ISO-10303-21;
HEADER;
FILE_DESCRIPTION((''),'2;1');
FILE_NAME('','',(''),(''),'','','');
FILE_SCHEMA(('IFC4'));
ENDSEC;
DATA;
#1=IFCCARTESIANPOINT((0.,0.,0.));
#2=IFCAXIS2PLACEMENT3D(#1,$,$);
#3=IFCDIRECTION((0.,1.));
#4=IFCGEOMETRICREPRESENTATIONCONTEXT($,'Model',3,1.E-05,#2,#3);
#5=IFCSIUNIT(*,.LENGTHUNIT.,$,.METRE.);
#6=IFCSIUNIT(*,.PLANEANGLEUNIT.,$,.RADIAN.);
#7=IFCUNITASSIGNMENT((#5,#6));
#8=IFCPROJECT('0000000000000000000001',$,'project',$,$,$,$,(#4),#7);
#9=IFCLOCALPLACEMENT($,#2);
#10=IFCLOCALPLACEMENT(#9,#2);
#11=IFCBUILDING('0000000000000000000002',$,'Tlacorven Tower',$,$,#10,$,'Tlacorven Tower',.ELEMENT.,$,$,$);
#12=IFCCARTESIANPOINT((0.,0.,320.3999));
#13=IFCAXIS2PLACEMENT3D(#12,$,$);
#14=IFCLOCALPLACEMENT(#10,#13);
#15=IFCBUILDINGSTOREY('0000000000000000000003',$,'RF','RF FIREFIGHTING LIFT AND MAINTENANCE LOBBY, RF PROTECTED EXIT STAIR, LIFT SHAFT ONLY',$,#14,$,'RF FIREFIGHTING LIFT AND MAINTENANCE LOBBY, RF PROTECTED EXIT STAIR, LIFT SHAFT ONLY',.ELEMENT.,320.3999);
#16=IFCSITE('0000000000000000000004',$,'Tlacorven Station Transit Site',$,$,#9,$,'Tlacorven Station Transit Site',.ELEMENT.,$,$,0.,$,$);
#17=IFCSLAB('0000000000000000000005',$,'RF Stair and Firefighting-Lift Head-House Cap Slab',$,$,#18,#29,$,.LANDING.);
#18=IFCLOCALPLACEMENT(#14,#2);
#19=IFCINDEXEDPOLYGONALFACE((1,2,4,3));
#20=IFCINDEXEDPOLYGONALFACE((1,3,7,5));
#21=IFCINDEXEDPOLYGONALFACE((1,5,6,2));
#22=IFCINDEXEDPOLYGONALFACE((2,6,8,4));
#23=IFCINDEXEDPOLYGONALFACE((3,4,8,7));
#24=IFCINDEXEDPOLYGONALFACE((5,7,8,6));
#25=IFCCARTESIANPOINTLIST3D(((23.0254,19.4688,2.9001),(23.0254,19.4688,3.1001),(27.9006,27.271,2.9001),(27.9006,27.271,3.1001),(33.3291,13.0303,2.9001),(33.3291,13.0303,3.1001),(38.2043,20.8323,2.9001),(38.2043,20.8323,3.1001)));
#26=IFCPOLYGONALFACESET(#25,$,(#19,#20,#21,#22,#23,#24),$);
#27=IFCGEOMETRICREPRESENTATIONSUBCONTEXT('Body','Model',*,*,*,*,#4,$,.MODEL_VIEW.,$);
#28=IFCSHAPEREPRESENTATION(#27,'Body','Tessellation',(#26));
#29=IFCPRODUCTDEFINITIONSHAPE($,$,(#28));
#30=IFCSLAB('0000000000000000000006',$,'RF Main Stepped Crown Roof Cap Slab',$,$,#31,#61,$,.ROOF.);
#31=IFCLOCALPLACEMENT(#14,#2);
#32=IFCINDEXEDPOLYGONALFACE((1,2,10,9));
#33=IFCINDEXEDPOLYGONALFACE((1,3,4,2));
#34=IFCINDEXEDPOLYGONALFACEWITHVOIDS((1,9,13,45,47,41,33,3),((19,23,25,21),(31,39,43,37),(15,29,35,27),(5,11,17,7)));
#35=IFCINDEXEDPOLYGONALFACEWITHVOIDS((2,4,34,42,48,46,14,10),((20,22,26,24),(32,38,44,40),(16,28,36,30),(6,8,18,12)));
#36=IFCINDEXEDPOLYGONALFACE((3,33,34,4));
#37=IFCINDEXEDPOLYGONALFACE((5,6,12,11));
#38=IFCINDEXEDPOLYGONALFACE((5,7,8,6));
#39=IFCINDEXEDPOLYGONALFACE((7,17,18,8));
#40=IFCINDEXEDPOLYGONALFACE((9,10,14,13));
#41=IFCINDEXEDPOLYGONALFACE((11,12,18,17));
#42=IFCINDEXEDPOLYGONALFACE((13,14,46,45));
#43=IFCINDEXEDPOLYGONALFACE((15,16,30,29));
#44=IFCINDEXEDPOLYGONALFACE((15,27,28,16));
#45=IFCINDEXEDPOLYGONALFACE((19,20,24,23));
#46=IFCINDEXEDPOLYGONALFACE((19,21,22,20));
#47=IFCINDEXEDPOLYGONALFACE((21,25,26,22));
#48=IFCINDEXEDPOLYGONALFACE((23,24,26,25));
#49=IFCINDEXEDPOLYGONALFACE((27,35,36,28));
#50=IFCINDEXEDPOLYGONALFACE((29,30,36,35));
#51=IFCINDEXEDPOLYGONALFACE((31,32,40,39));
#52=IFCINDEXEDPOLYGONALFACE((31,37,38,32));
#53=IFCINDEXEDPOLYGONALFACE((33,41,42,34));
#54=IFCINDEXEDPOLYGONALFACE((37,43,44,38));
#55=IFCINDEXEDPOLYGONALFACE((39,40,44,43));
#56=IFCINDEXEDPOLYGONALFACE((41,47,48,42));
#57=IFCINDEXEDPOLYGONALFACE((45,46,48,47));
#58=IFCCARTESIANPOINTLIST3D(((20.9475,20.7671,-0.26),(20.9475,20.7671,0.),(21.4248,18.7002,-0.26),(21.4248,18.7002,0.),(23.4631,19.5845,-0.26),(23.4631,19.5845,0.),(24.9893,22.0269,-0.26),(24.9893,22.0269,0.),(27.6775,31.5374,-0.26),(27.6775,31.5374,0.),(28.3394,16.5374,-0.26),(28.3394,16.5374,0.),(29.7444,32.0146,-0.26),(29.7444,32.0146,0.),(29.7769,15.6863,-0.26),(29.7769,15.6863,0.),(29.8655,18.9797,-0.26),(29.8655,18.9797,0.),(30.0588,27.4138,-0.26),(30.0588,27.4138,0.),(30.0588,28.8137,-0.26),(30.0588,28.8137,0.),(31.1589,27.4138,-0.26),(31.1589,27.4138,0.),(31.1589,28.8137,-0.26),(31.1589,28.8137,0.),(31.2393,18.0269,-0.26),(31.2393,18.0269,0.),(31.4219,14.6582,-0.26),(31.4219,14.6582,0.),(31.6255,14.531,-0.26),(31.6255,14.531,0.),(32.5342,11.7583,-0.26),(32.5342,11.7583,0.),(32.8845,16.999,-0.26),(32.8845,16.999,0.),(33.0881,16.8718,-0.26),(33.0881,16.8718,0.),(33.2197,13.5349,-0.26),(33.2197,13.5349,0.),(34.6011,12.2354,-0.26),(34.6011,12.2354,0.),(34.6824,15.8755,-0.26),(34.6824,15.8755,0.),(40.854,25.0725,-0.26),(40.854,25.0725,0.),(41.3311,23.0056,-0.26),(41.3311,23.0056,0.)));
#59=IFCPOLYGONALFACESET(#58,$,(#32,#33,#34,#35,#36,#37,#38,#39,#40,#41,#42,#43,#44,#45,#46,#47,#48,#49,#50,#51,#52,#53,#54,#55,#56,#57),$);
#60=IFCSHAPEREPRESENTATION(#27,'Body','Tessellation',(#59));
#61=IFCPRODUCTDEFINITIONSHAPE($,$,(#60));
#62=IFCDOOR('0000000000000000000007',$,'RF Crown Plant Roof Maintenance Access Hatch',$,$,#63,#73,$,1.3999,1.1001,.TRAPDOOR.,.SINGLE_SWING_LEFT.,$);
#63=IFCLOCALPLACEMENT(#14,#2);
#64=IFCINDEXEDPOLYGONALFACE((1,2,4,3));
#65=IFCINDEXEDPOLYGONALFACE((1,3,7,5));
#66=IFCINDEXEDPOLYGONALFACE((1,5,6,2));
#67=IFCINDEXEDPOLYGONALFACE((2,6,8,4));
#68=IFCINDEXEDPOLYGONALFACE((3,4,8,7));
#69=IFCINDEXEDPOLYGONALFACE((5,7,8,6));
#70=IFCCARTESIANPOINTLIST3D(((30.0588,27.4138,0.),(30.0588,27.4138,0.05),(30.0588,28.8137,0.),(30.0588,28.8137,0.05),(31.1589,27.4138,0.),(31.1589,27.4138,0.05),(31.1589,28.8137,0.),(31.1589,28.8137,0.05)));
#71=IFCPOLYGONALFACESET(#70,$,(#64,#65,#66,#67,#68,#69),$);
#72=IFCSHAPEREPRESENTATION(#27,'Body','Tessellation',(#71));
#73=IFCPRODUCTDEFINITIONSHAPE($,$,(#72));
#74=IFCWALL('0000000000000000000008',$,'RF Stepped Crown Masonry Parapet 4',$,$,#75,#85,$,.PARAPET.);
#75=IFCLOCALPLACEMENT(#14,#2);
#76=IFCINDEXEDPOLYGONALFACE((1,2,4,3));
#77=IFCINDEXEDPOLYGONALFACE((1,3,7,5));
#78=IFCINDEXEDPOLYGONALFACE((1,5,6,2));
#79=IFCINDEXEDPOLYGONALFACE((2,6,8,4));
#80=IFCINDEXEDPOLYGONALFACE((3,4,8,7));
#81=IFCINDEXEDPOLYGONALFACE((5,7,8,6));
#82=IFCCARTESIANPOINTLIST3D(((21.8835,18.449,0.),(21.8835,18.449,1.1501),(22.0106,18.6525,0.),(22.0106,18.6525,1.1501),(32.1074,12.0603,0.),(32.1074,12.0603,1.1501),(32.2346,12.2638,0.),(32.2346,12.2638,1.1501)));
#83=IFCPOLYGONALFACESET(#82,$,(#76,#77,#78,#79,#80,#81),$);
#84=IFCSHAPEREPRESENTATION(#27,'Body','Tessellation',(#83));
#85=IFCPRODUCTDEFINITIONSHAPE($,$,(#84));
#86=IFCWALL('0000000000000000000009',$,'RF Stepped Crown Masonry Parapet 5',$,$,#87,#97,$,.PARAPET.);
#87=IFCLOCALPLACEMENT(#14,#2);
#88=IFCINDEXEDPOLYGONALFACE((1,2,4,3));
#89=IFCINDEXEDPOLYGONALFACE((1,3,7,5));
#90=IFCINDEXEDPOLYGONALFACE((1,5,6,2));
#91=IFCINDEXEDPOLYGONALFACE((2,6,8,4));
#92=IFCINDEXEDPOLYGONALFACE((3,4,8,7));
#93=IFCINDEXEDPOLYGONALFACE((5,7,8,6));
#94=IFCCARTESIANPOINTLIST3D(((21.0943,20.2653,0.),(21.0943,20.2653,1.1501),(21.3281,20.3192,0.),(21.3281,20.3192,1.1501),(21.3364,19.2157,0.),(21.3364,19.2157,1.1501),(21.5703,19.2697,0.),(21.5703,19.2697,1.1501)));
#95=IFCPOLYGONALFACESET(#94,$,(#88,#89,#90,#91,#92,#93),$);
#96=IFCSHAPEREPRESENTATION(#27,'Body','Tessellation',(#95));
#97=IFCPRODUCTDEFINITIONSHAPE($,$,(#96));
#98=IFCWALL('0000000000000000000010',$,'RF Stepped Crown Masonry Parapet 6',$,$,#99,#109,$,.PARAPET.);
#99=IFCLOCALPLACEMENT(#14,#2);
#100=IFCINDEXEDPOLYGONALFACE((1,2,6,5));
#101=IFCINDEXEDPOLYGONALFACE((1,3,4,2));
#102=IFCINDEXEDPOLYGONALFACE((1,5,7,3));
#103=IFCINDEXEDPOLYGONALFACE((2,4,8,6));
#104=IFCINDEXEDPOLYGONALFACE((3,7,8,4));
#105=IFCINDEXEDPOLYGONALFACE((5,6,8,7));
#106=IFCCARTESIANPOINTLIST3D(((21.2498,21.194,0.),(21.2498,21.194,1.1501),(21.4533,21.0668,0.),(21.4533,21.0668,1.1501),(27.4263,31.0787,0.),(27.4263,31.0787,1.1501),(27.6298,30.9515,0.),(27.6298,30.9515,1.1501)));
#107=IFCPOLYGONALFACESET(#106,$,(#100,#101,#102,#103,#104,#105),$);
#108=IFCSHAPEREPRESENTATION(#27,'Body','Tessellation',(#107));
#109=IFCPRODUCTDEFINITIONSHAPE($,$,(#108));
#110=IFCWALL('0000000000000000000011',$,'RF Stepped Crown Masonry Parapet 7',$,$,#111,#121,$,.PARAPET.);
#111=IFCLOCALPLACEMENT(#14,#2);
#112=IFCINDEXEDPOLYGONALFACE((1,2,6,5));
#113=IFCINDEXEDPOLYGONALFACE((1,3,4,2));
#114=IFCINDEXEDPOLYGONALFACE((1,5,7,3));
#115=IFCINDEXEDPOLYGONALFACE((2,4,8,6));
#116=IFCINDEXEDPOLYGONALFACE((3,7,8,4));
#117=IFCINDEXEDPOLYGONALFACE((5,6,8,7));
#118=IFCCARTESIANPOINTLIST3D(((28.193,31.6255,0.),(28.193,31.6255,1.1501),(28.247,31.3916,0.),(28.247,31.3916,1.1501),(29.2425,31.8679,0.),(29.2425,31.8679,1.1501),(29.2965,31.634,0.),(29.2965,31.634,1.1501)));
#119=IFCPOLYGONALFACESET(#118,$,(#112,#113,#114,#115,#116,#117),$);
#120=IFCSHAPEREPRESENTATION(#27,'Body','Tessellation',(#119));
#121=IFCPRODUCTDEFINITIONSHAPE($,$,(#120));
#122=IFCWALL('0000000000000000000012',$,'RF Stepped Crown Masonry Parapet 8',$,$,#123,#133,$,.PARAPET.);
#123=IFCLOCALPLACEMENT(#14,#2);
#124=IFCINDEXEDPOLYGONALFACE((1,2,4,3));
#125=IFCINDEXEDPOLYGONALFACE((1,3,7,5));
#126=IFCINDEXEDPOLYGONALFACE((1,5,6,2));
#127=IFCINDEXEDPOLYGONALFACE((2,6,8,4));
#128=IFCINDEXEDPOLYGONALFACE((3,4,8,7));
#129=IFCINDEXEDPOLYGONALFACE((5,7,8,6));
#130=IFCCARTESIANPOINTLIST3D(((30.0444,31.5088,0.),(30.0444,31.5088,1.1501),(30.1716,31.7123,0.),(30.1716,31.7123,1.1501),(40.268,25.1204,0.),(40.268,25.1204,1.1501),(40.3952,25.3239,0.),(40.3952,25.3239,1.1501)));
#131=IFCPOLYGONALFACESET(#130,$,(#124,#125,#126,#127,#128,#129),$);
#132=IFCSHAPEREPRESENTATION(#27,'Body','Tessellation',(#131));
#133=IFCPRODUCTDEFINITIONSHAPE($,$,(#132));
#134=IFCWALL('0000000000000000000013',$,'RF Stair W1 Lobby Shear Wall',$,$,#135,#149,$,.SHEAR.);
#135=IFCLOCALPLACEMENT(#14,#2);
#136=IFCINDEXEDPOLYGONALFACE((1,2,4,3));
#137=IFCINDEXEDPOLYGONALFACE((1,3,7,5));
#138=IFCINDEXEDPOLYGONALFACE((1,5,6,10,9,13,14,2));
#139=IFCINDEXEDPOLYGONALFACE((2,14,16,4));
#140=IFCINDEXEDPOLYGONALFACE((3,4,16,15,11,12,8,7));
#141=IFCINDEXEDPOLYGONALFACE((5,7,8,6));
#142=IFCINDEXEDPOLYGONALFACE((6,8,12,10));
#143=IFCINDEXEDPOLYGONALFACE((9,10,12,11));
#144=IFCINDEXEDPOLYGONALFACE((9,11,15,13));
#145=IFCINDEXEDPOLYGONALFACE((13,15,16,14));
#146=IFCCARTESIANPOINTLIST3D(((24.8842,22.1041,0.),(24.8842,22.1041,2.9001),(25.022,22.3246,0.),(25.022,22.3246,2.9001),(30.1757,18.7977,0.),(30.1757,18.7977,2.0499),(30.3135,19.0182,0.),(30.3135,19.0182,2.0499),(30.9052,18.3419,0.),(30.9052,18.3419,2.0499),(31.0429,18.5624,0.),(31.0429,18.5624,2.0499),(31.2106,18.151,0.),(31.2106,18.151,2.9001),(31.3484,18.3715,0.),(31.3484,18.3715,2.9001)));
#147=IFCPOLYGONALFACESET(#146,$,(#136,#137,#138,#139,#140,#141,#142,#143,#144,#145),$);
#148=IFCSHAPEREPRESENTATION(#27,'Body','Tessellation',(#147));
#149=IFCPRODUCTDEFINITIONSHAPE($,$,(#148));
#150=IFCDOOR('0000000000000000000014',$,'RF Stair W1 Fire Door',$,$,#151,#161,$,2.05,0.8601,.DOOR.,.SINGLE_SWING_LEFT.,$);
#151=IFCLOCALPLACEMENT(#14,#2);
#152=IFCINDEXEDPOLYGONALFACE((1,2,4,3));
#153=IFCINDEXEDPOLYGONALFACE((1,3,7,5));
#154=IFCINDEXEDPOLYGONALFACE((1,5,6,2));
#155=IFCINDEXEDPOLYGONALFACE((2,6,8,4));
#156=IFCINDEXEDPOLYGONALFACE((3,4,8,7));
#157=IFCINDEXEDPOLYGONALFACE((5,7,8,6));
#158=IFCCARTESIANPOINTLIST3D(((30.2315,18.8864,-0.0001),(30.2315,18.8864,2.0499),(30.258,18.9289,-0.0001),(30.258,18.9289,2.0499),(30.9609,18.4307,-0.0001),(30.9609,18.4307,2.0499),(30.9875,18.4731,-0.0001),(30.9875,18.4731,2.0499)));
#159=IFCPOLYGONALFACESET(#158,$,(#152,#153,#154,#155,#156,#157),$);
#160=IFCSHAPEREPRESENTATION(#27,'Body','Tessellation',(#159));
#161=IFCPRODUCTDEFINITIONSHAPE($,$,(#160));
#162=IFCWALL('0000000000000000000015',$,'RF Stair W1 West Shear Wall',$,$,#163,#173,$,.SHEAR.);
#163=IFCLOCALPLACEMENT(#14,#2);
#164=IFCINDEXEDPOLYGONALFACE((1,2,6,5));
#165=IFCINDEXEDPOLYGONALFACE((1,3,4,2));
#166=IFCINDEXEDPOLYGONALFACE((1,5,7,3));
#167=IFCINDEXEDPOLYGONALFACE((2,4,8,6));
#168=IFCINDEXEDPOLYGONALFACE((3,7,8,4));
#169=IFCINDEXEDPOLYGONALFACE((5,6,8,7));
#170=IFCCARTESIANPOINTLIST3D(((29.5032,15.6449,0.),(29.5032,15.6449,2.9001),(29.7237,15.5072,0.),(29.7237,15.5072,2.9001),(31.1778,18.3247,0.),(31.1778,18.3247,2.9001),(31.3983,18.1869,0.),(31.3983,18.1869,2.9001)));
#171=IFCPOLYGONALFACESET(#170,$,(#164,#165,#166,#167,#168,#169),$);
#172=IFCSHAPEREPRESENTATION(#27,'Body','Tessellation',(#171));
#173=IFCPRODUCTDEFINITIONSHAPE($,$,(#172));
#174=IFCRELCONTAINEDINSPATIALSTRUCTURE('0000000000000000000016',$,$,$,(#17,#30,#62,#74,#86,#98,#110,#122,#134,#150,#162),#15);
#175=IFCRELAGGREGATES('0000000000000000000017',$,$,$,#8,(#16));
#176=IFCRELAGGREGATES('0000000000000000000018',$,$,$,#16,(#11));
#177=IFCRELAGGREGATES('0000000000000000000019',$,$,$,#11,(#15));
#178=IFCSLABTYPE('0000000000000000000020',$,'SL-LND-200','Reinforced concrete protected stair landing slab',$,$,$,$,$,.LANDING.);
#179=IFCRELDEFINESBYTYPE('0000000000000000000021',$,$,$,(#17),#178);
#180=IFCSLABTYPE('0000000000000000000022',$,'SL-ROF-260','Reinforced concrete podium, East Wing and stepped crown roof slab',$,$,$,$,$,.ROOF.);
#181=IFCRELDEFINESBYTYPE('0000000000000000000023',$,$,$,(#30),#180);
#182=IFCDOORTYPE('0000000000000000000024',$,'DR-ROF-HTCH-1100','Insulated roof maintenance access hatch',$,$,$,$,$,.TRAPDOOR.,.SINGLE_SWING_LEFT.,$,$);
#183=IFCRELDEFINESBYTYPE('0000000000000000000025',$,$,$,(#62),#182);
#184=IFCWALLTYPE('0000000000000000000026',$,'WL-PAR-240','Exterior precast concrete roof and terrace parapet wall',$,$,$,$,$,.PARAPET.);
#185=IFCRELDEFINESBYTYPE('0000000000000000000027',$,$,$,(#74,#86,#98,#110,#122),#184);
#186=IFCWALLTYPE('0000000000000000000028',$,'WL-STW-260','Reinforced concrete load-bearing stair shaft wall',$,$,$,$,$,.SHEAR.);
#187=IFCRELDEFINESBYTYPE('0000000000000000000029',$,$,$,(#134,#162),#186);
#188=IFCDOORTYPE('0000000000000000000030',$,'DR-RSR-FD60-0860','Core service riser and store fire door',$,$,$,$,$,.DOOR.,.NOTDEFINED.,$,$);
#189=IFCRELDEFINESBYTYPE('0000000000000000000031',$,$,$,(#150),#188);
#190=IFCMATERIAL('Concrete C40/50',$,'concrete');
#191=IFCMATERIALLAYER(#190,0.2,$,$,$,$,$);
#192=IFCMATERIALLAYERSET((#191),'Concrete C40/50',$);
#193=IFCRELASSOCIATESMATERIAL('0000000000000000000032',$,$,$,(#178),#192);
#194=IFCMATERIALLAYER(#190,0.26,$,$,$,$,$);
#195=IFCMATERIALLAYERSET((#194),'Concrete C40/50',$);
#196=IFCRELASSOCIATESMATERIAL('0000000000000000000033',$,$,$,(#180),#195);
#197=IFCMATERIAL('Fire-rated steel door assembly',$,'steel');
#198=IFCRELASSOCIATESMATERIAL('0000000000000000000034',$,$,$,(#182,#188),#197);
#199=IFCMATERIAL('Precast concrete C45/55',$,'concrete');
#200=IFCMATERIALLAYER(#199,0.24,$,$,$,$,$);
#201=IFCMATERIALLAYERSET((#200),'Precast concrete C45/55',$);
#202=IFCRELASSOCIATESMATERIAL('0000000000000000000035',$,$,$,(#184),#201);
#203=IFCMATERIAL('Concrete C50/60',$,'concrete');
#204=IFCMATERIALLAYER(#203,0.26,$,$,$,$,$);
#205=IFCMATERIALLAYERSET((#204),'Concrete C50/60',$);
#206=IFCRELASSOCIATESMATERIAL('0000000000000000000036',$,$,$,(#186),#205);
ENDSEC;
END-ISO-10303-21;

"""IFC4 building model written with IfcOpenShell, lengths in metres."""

from ifc_helpers import new_model, si_unit, direction, frame, frame_2d, origin, origin_2d, place, context, subcontext, project, spatial, polyline, rectangle, outline, extrude, source, transform, mapped, material, layer, layer_set, type_object, element, fill, save


model = new_model("IFC4")

# Units and contexts
model_context = context("Model", 3, precision=1e-05, world=origin(), true_north=direction((0.0, 1.0)))
body_context = subcontext(model_context, "Body", "Model", "MODEL_VIEW")
ifc_project = project(units=[si_unit("LENGTHUNIT", "METRE"), si_unit("PLANEANGLEUNIT", "RADIAN")], contexts=[model_context])

# Site, building, storey
site_placement = place(None, origin())
site = spatial("IfcSite", under=ifc_project, at=site_placement, Name="Tlacorven Station Transit Site", LongName="Tlacorven Station Transit Site", CompositionType="ELEMENT", RefElevation=0.0)
building_placement = place(site_placement, origin())
building = spatial("IfcBuilding", under=site, at=building_placement, Name="Tlacorven Tower", LongName="Tlacorven Tower", CompositionType="ELEMENT")
storey_placement = place(building_placement, frame((0.0, 0.0, 320.3999)))
storey = spatial("IfcBuildingStorey", under=building, at=storey_placement, Name="RF", Description="RF FIREFIGHTING LIFT AND MAINTENANCE LOBBY, RF PROTECTED EXIT STAIR, LIFT SHAFT ONLY", LongName="RF FIREFIGHTING LIFT AND MAINTENANCE LOBBY, RF PROTECTED EXIT STAIR, LIFT SHAFT ONLY", CompositionType="ELEMENT", Elevation=320.3999)

# Slab
ifc_material_1 = material(Name="Concrete C40/50", Category="concrete")
ifc_layer_1 = layer(ifc_material_1, 0.2)
ifc_layer_set_1 = layer_set([ifc_layer_1], Name="Concrete C40/50")
slab_type_1 = type_object("IfcSlabType", Name="SL-LND-200", Description="Reinforced concrete protected stair landing slab", PredefinedType="LANDING", material=ifc_layer_set_1)
slab_1_placement = place(storey_placement, frame((0.0, 0.0, 2.9001)))
element("IfcSlab", 1, at=slab_1_placement, inside=storey, type_object=slab_type_1, Name="RF Stair and Firefighting-Lift Head-House Cap Slab", PredefinedType="LANDING", context=body_context, shape_type="SweptSolid", body=[
    extrude(outline(polyline([(38.2043, 20.8323), (27.9006, 27.271), (23.0254, 19.4688), (33.3291, 13.0303), (38.2043, 20.8323)])), origin(), (0.0, 0.0, 1.0), 0.2),
])

# Slab, opening, door
ifc_layer_2 = layer(ifc_material_1, 0.26)
ifc_layer_set_2 = layer_set([ifc_layer_2], Name="Concrete C40/50")
slab_type_2 = type_object("IfcSlabType", Name="SL-ROF-260", Description="Reinforced concrete podium, East Wing and stepped crown roof slab", PredefinedType="ROOF", material=ifc_layer_set_2)
slab_2_placement = place(storey_placement, frame((0.0, 0.0, -0.26)))
slab_2 = element("IfcSlab", 2, at=slab_2_placement, inside=storey, type_object=slab_type_2, Name="RF Main Stepped Crown Roof Cap Slab", PredefinedType="ROOF", context=body_context, shape_type="SweptSolid", body=[
    extrude(outline(polyline([(40.854, 25.0725), (29.7444, 32.0146), (27.6775, 31.5374), (20.9475, 20.7671), (21.4248, 18.7002), (32.5342, 11.7583), (34.6011, 12.2354), (41.3311, 23.0056), (40.854, 25.0725)]), holes=[polyline([(29.8655, 18.9797), (24.9893, 22.0269), (23.4631, 19.5845), (28.3394, 16.5374), (29.8655, 18.9797)]), polyline([(34.6824, 15.8755), (33.0881, 16.8718), (31.6255, 14.531), (33.2197, 13.5349), (34.6824, 15.8755)]), polyline([(32.8845, 16.999), (31.2393, 18.0269), (29.7769, 15.6863), (31.4219, 14.6582), (32.8845, 16.999)])]), origin(), (0.0, 0.0, 1.0), 0.26),
])
opening_1_placement = place(slab_2_placement, frame((30.6089, 28.1138, 0.0)))
opening_1 = element("IfcOpeningElement", 3, at=opening_1_placement, cuts=slab_2, PredefinedType="OPENING", context=body_context, shape_type="SweptSolid", body=[
    extrude(rectangle(XDim=1.1001, YDim=1.3999, at=origin_2d()), frame((0.0, 0.0, -0.01)), (0.0, 0.0, 1.0), 0.3501),
])
ifc_material_2 = material(Name="Fire-rated steel door assembly", Category="steel")
door_type_1 = type_object("IfcDoorType", Name="DR-ROF-HTCH-1100", Description="Insulated roof maintenance access hatch", OperationType="SINGLE_SWING_LEFT", PredefinedType="TRAPDOOR", material=ifc_material_2)
door_1_placement = place(opening_1_placement, frame((0.0, 0.0, 0.26)))
door_1 = element("IfcDoor", 4, at=door_1_placement, inside=storey, type_object=door_type_1, Name="RF Crown Plant Roof Maintenance Access Hatch", OperationType="SINGLE_SWING_LEFT", OverallHeight=1.3999, OverallWidth=1.1001, PredefinedType="TRAPDOOR", context=body_context, shape_type="SweptSolid", body=[
    extrude(rectangle(XDim=1.1001, YDim=1.3999, at=origin_2d()), origin(), (0.0, 0.0, 1.0), 0.05),
])
fill(opening_1, door_1)

# Walls
ifc_material_3 = material(Name="Precast concrete C45/55", Category="concrete")
ifc_layer_3 = layer(ifc_material_3, 0.24)
ifc_layer_set_3 = layer_set([ifc_layer_3], Name="Precast concrete C45/55")
wall_type_1 = type_object("IfcWallType", Name="WL-PAR-240", Description="Exterior precast concrete roof and terrace parapet wall", PredefinedType="PARAPET", material=ifc_layer_set_3)
wall_1_placement = place(storey_placement, frame((32.1709, 12.1621, 0.0), z_axis=(0.0, 0.0, 1.0), x_axis=(-0.848045, 0.529924, 0.0)))
element("IfcWall", 5, at=wall_1_placement, inside=storey, type_object=wall_type_1, Name="RF Stepped Crown Masonry Parapet 4", PredefinedType="PARAPET", context=body_context, shape_type="SweptSolid", body=[
    extrude(rectangle(XDim=12.0559, YDim=0.24, at=frame_2d((6.0278, 0.0))), origin(), (0.0, 0.0, 1.0), 1.1501),
])
wall_2_placement = place(storey_placement, frame((21.4534, 19.2427, 0.0), z_axis=(0.0, 0.0, 1.0), x_axis=(-0.224843, 0.974395, 0.0)))
element("IfcWall", 6, at=wall_2_placement, inside=storey, type_object=wall_type_1, Name="RF Stepped Crown Masonry Parapet 5", PredefinedType="PARAPET", context=body_context, shape_type="SweptSolid", body=[
    extrude(rectangle(XDim=1.0771, YDim=0.24, at=frame_2d((0.5386, 0.0))), origin(), (0.0, 0.0, 1.0), 1.1501),
])
wall_3_placement = place(storey_placement, frame((21.3516, 21.1304, 0.0), z_axis=(0.0, 0.0, 1.0), x_axis=(0.529909, 0.848055, 0.0)))
element("IfcWall", 7, at=wall_3_placement, inside=storey, type_object=wall_type_1, Name="RF Stepped Crown Masonry Parapet 6", PredefinedType="PARAPET", context=body_context, shape_type="SweptSolid", body=[
    extrude(rectangle(XDim=11.6558, YDim=0.24, at=frame_2d((5.8279, 0.0))), origin(), (0.0, 0.0, 1.0), 1.1501),
])
wall_4_placement = place(storey_placement, frame((28.22, 31.5085, 0.0), z_axis=(0.0, 0.0, 1.0), x_axis=(0.974345, 0.225058, 0.0)))
element("IfcWall", 8, at=wall_4_placement, inside=storey, type_object=wall_type_1, Name="RF Stepped Crown Masonry Parapet 7", PredefinedType="PARAPET", context=body_context, shape_type="SweptSolid", body=[
    extrude(rectangle(XDim=1.0771, YDim=0.24, at=frame_2d((0.5386, 0.0))), origin(), (0.0, 0.0, 1.0), 1.1501),
])
wall_5_placement = place(storey_placement, frame((30.1079, 31.6106, 0.0), z_axis=(0.0, 0.0, 1.0), x_axis=(0.848048, -0.529919, 0.0)))
element("IfcWall", 9, at=wall_5_placement, inside=storey, type_object=wall_type_1, Name="RF Stepped Crown Masonry Parapet 8", PredefinedType="PARAPET", context=body_context, shape_type="SweptSolid", body=[
    extrude(rectangle(XDim=12.0554, YDim=0.24, at=frame_2d((6.0278, 0.0))), origin(), (0.0, 0.0, 1.0), 1.1501),
])

# Wall, opening, door
ifc_material_4 = material(Name="Concrete C50/60", Category="concrete")
ifc_layer_4 = layer(ifc_material_4, 0.26)
ifc_layer_set_4 = layer_set([ifc_layer_4], Name="Concrete C50/60")
wall_type_2 = type_object("IfcWallType", Name="WL-STW-260", Description="Reinforced concrete load-bearing stair shaft wall", PredefinedType="SHEAR", material=ifc_layer_set_4)
wall_6_placement = place(storey_placement, frame((31.2795, 18.2612, 0.0), z_axis=(0.0, 0.0, 1.0), x_axis=(-0.848052, 0.529914, 0.0)))
wall_6 = element("IfcWall", 10, at=wall_6_placement, inside=storey, type_object=wall_type_2, Name="RF Stair W1 Lobby Shear Wall", PredefinedType="SHEAR", context=body_context, shape_type="SweptSolid", body=[
    extrude(rectangle(XDim=7.46, YDim=0.26, at=frame_2d((3.73, 0.0))), origin(), (0.0, 0.0, 1.0), 2.9001),
])
opening_2_placement = place(wall_6_placement, frame((0.3601, 0.0, 0.0)))
opening_2 = element("IfcOpeningElement", 11, at=opening_2_placement, cuts=wall_6, PredefinedType="OPENING", context=body_context, shape_type="SweptSolid", body=[
    extrude(rectangle(XDim=0.8601, YDim=2.05, at=frame_2d((0.4302, 1.0249))), frame((0.0, 0.1401, 0.0), z_axis=(0.0, -1.0, 0.0), x_axis=(1.0, 0.0, 0.0)), (0.0, 0.0, 1.0), 0.28),
])
door_type_2 = type_object("IfcDoorType", Name="DR-RSR-FD60-0860", Description="Core service riser and store fire door", OperationType="NOTDEFINED", PredefinedType="DOOR", material=ifc_material_2)
shared_shape_1 = source(origin(), body_context, "Body", "SweptSolid", [
    extrude(rectangle(XDim=0.8601, YDim=2.05, at=frame_2d((0.4302, 1.0249))), frame((0.0, 0.0249, 0.0), z_axis=(0.0, -1.0, 0.0), x_axis=(1.0, 0.0, 0.0)), (0.0, 0.0, 1.0), 0.05),
])
door_2_placement = place(opening_2_placement, frame((0.8601, 0.0, 0.0), z_axis=(0.0, 0.0, 1.0), x_axis=(-1.0, 0.0, 0.0)))
door_2 = element("IfcDoor", 12, at=door_2_placement, inside=storey, type_object=door_type_2, Name="RF Stair W1 Fire Door", OperationType="SINGLE_SWING_LEFT", OverallHeight=2.05, OverallWidth=0.8601, PredefinedType="DOOR", context=body_context, shape_type="MappedRepresentation", body=[
    mapped(shared_shape_1, transform((0.0, 0.0, 0.0), scale=1.0)),
])
fill(opening_2, door_2)

# Wall
wall_7_placement = place(storey_placement, frame((31.2881, 18.2559, 0.0), z_axis=(0.0, 0.0, 1.0), x_axis=(-0.529943, -0.848033, 0.0)))
element("IfcWall", 13, at=wall_7_placement, inside=storey, type_object=wall_type_2, Name="RF Stair W1 West Shear Wall", PredefinedType="SHEAR", context=body_context, shape_type="SweptSolid", body=[
    extrude(rectangle(XDim=3.1599, YDim=0.26, at=frame_2d((1.5801, 0.0))), origin(), (0.0, 0.0, 1.0), 2.9001),
])

save(model, "model.ifc")
